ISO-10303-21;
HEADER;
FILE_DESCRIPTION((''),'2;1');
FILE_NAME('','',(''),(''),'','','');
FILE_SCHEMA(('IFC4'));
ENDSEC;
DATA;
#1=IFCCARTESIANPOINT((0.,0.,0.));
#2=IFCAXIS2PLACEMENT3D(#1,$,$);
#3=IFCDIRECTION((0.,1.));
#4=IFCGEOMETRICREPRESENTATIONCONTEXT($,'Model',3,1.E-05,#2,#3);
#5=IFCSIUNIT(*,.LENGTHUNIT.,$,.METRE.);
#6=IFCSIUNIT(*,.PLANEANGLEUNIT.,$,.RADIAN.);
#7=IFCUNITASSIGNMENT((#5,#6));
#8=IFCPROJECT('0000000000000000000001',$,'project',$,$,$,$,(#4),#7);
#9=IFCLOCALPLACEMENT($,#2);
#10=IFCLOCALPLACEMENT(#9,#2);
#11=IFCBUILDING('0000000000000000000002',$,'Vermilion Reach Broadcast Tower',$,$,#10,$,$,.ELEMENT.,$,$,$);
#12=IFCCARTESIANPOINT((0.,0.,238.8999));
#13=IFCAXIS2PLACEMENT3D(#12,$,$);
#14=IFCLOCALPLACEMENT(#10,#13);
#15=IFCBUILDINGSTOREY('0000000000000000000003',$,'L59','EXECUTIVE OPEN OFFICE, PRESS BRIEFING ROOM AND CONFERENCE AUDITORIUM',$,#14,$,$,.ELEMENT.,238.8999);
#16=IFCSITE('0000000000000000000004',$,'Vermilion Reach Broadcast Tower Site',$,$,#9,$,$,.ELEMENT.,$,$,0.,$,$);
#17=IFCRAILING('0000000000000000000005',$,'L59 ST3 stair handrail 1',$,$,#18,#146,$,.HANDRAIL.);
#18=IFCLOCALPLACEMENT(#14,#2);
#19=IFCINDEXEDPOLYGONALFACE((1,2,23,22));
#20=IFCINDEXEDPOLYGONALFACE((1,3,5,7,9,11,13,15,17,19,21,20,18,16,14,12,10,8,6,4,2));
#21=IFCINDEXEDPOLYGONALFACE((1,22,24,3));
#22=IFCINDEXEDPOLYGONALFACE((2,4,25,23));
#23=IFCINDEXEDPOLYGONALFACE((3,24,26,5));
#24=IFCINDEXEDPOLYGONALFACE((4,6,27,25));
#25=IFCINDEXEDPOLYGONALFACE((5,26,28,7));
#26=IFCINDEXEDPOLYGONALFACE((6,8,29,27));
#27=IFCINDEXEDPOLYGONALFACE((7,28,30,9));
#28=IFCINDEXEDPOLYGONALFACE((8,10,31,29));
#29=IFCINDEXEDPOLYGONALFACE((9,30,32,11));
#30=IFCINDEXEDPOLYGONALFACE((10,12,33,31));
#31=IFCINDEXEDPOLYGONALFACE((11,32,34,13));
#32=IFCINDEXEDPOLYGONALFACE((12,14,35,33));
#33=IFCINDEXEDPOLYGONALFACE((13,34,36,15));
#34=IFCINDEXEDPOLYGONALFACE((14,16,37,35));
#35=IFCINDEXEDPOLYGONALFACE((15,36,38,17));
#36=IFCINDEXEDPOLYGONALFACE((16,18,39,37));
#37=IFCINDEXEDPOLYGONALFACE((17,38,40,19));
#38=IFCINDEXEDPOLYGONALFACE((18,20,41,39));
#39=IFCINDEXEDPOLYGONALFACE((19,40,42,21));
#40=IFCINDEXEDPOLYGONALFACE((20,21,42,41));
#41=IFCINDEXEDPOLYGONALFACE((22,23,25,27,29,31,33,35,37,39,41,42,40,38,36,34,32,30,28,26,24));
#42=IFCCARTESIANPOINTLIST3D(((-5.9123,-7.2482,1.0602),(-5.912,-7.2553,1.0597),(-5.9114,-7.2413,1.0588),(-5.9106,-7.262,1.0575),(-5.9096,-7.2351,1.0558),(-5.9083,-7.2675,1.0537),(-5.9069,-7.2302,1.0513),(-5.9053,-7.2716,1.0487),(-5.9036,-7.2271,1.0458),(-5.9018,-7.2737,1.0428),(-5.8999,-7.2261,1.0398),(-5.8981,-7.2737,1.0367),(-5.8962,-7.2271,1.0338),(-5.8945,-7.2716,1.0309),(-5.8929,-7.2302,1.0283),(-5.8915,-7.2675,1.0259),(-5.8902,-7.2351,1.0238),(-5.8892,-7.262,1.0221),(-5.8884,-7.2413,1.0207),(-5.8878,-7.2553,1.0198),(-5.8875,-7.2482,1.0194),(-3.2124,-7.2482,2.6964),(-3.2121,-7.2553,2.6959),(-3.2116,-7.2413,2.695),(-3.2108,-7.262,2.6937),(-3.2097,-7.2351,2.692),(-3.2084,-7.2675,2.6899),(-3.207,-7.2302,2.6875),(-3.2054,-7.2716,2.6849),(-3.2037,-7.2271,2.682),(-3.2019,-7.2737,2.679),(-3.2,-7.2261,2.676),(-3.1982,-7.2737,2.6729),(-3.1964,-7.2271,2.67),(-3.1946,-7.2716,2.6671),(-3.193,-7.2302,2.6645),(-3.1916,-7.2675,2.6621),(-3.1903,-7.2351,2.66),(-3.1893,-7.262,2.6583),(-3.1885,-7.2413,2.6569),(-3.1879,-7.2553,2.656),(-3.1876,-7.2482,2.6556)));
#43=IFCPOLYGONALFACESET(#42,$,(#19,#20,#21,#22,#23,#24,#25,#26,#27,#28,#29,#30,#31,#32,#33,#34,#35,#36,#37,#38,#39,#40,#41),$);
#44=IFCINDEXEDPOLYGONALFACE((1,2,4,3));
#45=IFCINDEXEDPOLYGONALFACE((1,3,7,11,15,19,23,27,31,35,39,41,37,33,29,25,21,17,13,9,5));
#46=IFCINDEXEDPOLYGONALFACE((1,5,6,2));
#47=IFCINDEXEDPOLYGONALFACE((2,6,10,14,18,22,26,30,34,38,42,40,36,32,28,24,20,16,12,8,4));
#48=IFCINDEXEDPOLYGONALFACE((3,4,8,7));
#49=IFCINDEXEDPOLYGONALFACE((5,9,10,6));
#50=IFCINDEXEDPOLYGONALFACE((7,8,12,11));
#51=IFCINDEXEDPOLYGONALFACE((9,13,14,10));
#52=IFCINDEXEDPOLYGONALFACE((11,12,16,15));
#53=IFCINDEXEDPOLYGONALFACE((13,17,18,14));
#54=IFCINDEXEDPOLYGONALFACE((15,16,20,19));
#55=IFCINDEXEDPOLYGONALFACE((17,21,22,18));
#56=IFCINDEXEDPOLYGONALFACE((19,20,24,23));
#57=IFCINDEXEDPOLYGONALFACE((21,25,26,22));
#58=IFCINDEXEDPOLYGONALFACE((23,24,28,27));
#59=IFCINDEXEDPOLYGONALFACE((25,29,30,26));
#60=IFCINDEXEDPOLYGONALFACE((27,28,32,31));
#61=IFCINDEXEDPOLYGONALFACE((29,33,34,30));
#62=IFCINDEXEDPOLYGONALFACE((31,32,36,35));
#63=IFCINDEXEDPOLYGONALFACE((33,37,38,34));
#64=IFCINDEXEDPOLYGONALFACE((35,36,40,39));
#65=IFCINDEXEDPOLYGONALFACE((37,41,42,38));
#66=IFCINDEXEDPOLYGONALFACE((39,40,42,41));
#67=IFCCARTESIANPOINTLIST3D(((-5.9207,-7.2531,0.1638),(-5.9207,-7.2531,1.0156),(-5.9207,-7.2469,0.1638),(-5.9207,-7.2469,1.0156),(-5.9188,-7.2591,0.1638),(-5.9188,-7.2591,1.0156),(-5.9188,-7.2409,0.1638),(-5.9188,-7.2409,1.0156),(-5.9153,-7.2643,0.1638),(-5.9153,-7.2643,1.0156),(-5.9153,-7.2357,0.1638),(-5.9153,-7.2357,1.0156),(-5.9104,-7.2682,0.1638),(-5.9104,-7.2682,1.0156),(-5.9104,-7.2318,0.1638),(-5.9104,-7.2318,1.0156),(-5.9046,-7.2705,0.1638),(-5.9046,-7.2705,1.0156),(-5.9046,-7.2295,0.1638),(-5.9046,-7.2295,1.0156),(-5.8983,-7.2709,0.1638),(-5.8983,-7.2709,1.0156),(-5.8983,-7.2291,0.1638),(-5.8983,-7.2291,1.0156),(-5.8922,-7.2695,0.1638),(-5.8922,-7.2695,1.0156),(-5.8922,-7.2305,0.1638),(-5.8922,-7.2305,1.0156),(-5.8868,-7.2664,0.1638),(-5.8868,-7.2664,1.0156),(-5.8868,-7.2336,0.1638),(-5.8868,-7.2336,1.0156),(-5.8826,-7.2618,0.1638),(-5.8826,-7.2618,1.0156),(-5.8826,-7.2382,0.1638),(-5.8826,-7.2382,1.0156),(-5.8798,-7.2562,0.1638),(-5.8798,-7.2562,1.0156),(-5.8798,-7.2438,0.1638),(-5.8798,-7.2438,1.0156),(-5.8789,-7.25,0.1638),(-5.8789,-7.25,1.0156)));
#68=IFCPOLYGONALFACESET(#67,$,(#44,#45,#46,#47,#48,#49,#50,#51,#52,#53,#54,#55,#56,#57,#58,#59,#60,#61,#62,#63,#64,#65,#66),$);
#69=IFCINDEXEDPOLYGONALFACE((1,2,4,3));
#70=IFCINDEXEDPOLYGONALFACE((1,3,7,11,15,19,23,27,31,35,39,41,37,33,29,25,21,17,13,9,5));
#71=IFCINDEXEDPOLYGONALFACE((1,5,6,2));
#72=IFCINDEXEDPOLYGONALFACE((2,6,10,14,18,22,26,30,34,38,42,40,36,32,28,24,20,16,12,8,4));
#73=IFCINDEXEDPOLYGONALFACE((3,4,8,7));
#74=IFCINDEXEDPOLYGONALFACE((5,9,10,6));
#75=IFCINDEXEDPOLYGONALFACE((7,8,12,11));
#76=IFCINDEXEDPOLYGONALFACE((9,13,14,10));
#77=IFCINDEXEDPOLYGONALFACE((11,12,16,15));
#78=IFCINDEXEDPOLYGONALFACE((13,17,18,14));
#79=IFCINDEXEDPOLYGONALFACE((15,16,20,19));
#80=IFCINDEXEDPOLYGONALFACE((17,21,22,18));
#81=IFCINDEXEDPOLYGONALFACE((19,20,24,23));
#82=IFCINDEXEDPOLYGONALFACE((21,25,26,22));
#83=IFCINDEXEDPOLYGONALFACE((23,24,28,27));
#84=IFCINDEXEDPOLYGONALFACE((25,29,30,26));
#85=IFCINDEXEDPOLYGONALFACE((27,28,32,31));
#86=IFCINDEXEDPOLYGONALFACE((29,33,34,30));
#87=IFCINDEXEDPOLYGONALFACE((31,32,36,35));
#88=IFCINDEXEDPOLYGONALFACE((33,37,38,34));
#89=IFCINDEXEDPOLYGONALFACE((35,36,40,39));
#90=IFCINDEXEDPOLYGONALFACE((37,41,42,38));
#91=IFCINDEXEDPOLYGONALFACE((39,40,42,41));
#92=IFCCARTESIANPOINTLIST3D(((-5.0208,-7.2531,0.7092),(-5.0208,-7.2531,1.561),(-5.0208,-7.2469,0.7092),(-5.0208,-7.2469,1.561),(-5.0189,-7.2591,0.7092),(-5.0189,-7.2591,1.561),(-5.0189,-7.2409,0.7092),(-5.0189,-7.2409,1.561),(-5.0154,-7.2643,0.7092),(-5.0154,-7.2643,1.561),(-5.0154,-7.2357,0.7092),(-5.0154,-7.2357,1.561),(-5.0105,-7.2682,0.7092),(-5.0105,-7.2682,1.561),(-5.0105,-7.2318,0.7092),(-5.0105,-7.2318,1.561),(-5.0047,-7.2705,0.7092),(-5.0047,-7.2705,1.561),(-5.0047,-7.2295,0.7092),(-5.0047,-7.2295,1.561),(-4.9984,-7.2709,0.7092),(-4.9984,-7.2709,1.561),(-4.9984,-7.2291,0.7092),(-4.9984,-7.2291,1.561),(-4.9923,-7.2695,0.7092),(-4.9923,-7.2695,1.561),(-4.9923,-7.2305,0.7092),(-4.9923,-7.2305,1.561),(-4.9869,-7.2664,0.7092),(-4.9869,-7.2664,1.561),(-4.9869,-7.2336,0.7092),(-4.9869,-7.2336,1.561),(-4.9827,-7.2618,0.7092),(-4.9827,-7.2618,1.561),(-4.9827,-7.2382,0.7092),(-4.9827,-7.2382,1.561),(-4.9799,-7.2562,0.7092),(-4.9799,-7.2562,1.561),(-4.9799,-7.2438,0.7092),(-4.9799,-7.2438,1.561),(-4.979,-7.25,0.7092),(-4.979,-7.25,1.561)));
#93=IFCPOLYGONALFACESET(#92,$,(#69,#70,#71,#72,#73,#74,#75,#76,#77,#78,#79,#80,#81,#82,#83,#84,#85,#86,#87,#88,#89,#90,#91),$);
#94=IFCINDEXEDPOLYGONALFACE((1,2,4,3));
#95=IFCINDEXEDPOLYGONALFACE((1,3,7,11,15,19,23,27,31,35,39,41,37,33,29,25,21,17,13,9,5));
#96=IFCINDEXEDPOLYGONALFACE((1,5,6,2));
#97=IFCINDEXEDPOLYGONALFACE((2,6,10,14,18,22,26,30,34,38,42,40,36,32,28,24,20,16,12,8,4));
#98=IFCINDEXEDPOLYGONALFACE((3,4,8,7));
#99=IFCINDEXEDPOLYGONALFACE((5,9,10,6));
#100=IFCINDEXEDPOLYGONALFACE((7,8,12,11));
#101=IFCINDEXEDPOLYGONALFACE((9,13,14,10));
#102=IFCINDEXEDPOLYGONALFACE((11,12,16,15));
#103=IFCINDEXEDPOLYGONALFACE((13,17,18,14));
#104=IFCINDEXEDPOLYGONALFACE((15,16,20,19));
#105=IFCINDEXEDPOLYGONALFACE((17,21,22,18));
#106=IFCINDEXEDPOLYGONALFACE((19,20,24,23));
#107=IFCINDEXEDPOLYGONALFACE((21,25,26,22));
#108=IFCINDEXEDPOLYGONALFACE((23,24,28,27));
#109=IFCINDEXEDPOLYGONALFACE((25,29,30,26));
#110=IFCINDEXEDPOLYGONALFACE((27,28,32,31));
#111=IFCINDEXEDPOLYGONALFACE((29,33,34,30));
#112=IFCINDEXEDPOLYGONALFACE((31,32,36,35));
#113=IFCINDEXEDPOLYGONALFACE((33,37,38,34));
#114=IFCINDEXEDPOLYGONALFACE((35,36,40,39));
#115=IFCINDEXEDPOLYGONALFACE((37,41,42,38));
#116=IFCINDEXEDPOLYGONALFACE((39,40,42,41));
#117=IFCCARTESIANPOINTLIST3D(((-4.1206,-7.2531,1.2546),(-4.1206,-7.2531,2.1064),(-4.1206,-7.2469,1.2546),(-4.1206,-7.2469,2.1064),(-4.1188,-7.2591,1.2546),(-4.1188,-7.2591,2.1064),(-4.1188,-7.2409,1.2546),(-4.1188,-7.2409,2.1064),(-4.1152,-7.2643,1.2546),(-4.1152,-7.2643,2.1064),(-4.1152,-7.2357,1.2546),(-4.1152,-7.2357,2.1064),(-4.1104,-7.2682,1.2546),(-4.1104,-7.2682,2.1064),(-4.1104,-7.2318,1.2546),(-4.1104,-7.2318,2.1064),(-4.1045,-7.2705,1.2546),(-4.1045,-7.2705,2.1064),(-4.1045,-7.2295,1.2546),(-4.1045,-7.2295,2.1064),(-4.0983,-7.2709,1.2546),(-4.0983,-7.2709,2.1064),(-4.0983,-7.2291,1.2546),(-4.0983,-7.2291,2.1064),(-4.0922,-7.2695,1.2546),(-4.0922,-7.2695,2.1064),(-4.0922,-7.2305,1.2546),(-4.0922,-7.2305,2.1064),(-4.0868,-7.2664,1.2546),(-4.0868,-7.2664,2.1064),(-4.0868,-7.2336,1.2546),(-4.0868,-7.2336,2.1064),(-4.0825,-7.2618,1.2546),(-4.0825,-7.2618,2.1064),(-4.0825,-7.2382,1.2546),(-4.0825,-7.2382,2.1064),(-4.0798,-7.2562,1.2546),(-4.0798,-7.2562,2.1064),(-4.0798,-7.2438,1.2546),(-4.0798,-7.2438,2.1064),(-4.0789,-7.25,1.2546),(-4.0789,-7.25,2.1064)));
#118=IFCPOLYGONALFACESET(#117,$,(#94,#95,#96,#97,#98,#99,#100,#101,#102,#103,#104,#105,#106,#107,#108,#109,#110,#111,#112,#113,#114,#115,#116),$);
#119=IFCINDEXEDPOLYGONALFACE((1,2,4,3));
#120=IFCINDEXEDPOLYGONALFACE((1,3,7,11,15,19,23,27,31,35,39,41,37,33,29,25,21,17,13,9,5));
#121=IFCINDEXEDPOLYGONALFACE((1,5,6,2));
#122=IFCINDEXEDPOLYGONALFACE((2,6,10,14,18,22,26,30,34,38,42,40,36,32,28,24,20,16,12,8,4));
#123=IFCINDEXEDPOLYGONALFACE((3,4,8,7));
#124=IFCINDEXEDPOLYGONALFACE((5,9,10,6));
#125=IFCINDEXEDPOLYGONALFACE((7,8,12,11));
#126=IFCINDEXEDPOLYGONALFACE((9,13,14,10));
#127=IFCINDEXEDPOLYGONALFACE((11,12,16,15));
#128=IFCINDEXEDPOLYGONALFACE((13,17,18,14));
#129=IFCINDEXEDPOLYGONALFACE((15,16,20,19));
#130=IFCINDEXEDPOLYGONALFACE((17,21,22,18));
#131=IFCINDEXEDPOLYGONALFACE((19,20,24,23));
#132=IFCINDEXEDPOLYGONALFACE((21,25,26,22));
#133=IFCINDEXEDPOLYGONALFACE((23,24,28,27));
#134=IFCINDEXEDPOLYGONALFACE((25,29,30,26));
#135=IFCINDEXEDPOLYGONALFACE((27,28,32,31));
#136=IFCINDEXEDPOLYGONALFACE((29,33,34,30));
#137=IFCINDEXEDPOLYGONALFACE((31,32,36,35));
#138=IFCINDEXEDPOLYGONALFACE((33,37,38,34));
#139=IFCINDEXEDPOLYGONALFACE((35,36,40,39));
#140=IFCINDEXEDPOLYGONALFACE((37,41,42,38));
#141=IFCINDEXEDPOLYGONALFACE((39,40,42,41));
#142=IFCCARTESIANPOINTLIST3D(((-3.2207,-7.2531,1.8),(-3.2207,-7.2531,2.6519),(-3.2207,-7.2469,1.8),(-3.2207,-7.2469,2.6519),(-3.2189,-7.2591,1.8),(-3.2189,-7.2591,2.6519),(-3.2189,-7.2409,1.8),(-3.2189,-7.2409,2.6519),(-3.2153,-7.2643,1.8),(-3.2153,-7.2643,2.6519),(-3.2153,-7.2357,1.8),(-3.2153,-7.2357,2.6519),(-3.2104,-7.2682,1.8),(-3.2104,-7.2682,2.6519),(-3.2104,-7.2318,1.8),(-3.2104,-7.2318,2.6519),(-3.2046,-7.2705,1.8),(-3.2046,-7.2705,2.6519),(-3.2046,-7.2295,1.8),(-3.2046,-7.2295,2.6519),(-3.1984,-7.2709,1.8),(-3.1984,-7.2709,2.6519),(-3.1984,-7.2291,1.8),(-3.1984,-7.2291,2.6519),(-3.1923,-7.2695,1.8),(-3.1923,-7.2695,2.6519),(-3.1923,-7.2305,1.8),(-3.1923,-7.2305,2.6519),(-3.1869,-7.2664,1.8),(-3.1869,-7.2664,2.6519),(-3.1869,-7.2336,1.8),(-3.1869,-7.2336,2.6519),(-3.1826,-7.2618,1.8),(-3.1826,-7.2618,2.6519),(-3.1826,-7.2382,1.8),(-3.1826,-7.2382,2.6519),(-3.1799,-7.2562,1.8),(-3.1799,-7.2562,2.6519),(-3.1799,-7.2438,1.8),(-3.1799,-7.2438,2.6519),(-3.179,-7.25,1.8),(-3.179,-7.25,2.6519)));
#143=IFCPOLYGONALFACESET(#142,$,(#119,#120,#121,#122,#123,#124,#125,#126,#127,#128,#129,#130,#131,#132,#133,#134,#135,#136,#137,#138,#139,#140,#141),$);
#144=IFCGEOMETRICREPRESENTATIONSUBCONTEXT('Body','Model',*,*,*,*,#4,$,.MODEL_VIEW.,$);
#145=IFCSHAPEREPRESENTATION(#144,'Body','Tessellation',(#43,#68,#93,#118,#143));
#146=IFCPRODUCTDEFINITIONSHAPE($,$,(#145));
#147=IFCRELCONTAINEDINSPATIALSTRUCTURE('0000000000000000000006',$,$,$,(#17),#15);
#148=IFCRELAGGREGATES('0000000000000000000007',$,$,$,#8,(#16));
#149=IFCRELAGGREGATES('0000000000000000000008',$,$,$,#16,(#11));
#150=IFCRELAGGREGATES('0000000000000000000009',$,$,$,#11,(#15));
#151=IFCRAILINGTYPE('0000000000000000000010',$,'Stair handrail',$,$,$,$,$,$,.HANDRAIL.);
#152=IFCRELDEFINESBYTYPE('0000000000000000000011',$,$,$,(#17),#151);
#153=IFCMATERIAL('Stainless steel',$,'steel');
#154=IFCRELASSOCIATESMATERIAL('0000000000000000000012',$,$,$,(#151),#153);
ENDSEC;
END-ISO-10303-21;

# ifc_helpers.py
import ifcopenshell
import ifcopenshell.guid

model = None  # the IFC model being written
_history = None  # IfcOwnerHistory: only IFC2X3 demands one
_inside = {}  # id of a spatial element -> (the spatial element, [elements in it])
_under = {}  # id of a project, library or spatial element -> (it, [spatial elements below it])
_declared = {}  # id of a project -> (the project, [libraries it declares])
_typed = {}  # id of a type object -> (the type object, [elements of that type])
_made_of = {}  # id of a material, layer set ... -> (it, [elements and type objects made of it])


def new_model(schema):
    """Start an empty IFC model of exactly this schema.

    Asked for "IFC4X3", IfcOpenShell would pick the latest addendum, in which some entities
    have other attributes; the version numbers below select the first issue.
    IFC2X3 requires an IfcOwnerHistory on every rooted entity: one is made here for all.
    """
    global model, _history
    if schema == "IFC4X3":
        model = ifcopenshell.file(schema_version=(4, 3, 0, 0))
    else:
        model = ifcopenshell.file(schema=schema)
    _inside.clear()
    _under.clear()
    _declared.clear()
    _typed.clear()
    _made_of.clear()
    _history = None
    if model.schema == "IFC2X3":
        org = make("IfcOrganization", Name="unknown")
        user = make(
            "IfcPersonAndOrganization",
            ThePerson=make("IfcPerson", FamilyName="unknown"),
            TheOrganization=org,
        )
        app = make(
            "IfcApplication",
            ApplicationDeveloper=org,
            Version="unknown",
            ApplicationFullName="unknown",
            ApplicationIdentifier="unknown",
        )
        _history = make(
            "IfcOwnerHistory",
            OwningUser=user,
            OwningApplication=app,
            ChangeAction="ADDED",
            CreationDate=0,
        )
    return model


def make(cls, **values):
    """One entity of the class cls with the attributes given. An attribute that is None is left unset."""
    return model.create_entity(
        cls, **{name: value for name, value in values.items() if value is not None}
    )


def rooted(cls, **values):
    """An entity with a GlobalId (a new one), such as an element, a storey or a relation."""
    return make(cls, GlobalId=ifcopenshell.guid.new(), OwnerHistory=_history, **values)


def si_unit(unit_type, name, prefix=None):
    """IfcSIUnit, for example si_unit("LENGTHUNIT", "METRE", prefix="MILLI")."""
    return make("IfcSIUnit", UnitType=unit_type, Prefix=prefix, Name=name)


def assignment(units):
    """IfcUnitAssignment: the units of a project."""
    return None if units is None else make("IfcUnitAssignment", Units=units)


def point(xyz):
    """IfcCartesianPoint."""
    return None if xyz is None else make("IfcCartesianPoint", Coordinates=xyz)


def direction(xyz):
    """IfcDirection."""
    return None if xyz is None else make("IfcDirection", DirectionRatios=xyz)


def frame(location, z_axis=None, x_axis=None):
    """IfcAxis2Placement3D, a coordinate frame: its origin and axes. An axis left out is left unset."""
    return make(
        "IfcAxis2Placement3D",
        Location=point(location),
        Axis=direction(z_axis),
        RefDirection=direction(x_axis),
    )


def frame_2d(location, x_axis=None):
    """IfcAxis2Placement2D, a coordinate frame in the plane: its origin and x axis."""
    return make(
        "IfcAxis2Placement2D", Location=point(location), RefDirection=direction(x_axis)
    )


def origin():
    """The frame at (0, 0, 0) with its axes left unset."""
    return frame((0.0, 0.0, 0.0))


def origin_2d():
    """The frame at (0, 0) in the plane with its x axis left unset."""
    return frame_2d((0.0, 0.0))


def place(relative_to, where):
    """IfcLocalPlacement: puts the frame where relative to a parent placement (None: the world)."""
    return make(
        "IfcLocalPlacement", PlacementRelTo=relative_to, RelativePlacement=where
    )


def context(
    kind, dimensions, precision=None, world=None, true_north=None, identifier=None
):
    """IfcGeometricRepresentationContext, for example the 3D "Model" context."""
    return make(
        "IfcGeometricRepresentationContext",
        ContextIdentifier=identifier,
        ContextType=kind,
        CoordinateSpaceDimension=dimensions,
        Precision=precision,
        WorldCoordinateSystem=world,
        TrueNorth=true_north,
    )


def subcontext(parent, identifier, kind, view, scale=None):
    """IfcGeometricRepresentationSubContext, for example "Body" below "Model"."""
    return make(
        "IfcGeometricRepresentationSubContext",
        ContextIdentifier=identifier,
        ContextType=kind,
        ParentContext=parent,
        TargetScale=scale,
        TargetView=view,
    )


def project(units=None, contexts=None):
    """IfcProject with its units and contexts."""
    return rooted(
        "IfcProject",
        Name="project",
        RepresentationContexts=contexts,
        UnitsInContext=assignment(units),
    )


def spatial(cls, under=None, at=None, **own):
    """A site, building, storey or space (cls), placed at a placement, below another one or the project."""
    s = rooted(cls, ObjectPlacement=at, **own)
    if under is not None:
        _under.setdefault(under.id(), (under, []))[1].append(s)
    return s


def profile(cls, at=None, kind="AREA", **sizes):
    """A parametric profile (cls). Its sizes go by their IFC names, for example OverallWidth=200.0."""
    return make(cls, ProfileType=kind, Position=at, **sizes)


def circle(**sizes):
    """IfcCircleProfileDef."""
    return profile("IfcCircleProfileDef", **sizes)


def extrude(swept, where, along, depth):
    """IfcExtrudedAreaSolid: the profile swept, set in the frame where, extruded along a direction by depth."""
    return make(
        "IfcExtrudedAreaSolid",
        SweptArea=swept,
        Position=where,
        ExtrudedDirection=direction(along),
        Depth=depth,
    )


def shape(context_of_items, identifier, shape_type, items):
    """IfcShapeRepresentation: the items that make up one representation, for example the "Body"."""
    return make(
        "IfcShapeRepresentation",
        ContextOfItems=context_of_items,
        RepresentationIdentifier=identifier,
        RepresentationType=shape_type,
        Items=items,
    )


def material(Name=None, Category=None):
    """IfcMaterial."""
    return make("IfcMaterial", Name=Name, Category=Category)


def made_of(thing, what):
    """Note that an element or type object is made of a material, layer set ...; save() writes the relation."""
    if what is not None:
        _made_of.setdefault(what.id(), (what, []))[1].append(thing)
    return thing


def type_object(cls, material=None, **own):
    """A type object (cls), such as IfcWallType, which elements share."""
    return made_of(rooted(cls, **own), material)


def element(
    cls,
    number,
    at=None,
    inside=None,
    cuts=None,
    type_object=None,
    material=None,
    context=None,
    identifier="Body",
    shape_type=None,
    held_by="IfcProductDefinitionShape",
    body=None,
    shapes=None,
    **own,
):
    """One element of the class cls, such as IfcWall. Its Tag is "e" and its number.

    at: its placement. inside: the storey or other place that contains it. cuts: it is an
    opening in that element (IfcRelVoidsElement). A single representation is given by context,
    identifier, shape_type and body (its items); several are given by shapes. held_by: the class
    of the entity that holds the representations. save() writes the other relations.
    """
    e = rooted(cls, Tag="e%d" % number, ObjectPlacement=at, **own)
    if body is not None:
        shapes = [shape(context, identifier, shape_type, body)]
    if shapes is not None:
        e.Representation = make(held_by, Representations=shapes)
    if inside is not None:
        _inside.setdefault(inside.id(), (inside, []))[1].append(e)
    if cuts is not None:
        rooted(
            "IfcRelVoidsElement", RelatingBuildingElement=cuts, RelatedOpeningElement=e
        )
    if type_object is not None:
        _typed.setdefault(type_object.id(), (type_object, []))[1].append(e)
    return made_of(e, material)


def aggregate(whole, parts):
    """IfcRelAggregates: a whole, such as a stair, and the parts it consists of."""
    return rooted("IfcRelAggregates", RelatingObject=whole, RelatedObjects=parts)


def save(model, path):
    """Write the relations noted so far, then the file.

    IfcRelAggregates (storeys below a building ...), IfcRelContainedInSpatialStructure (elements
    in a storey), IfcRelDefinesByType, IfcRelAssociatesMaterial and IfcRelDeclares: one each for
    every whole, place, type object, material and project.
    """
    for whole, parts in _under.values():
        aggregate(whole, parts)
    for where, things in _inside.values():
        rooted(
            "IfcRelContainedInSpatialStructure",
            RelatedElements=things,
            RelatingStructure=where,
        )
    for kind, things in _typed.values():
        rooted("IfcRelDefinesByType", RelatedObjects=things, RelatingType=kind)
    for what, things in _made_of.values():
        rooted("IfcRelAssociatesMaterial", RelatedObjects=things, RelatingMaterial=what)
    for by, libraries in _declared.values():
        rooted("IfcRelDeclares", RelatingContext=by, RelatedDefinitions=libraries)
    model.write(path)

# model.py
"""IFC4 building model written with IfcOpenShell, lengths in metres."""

from ifc_helpers import new_model, si_unit, direction, frame, origin, origin_2d, place, context, subcontext, project, spatial, circle, extrude, material, type_object, element, save


model = new_model("IFC4")

# Units and contexts
model_context = context("Model", 3, precision=1e-05, world=origin(), true_north=direction((0.0, 1.0)))
body_context = subcontext(model_context, "Body", "Model", "MODEL_VIEW")
ifc_project = project(units=[si_unit("LENGTHUNIT", "METRE"), si_unit("PLANEANGLEUNIT", "RADIAN")], contexts=[model_context])

# Site, building, storey
site_placement = place(None, origin())
site = spatial("IfcSite", under=ifc_project, at=site_placement, Name="Vermilion Reach Broadcast Tower Site", CompositionType="ELEMENT", RefElevation=0.0)
building_placement = place(site_placement, origin())
building = spatial("IfcBuilding", under=site, at=building_placement, Name="Vermilion Reach Broadcast Tower", CompositionType="ELEMENT")
storey_placement = place(building_placement, frame((0.0, 0.0, 238.8999)))
storey = spatial("IfcBuildingStorey", under=building, at=storey_placement, Name="L59", Description="EXECUTIVE OPEN OFFICE, PRESS BRIEFING ROOM AND CONFERENCE AUDITORIUM", CompositionType="ELEMENT", Elevation=238.8999)

# Railing
ifc_material_1 = material(Name="Stainless steel", Category="steel")
railing_type_1 = type_object("IfcRailingType", Name="Stair handrail", PredefinedType="HANDRAIL", material=ifc_material_1)
railing_1_placement = place(storey_placement, frame((-5.8999, -7.25, 0.1638)))
element("IfcRailing", 1, at=railing_1_placement, inside=storey, type_object=railing_type_1, Name="L59 ST3 stair handrail 1", PredefinedType="HANDRAIL", context=body_context, shape_type="SweptSolid", body=[
    extrude(circle(Radius=0.0239, at=origin_2d()), frame((0.0, 0.0, 0.876), z_axis=(0.855212, 0.0, 0.518278), x_axis=(0.0, 1.0, 0.0)), (0.0, 0.0, 1.0), 3.157),
    extrude(circle(Radius=0.021, at=origin_2d()), origin(), (0.0, 0.0, 1.0), 0.8518),
    extrude(circle(Radius=0.021, at=origin_2d()), frame((0.8999, 0.0, 0.5454)), (0.0, 0.0, 1.0), 0.8518),
    extrude(circle(Radius=0.021, at=origin_2d()), frame((1.8, 0.0, 1.0908)), (0.0, 0.0, 1.0), 0.8518),
    extrude(circle(Radius=0.021, at=origin_2d()), frame((2.7, 0.0, 1.6362)), (0.0, 0.0, 1.0), 0.8518),
])

save(model, "model.ifc")
